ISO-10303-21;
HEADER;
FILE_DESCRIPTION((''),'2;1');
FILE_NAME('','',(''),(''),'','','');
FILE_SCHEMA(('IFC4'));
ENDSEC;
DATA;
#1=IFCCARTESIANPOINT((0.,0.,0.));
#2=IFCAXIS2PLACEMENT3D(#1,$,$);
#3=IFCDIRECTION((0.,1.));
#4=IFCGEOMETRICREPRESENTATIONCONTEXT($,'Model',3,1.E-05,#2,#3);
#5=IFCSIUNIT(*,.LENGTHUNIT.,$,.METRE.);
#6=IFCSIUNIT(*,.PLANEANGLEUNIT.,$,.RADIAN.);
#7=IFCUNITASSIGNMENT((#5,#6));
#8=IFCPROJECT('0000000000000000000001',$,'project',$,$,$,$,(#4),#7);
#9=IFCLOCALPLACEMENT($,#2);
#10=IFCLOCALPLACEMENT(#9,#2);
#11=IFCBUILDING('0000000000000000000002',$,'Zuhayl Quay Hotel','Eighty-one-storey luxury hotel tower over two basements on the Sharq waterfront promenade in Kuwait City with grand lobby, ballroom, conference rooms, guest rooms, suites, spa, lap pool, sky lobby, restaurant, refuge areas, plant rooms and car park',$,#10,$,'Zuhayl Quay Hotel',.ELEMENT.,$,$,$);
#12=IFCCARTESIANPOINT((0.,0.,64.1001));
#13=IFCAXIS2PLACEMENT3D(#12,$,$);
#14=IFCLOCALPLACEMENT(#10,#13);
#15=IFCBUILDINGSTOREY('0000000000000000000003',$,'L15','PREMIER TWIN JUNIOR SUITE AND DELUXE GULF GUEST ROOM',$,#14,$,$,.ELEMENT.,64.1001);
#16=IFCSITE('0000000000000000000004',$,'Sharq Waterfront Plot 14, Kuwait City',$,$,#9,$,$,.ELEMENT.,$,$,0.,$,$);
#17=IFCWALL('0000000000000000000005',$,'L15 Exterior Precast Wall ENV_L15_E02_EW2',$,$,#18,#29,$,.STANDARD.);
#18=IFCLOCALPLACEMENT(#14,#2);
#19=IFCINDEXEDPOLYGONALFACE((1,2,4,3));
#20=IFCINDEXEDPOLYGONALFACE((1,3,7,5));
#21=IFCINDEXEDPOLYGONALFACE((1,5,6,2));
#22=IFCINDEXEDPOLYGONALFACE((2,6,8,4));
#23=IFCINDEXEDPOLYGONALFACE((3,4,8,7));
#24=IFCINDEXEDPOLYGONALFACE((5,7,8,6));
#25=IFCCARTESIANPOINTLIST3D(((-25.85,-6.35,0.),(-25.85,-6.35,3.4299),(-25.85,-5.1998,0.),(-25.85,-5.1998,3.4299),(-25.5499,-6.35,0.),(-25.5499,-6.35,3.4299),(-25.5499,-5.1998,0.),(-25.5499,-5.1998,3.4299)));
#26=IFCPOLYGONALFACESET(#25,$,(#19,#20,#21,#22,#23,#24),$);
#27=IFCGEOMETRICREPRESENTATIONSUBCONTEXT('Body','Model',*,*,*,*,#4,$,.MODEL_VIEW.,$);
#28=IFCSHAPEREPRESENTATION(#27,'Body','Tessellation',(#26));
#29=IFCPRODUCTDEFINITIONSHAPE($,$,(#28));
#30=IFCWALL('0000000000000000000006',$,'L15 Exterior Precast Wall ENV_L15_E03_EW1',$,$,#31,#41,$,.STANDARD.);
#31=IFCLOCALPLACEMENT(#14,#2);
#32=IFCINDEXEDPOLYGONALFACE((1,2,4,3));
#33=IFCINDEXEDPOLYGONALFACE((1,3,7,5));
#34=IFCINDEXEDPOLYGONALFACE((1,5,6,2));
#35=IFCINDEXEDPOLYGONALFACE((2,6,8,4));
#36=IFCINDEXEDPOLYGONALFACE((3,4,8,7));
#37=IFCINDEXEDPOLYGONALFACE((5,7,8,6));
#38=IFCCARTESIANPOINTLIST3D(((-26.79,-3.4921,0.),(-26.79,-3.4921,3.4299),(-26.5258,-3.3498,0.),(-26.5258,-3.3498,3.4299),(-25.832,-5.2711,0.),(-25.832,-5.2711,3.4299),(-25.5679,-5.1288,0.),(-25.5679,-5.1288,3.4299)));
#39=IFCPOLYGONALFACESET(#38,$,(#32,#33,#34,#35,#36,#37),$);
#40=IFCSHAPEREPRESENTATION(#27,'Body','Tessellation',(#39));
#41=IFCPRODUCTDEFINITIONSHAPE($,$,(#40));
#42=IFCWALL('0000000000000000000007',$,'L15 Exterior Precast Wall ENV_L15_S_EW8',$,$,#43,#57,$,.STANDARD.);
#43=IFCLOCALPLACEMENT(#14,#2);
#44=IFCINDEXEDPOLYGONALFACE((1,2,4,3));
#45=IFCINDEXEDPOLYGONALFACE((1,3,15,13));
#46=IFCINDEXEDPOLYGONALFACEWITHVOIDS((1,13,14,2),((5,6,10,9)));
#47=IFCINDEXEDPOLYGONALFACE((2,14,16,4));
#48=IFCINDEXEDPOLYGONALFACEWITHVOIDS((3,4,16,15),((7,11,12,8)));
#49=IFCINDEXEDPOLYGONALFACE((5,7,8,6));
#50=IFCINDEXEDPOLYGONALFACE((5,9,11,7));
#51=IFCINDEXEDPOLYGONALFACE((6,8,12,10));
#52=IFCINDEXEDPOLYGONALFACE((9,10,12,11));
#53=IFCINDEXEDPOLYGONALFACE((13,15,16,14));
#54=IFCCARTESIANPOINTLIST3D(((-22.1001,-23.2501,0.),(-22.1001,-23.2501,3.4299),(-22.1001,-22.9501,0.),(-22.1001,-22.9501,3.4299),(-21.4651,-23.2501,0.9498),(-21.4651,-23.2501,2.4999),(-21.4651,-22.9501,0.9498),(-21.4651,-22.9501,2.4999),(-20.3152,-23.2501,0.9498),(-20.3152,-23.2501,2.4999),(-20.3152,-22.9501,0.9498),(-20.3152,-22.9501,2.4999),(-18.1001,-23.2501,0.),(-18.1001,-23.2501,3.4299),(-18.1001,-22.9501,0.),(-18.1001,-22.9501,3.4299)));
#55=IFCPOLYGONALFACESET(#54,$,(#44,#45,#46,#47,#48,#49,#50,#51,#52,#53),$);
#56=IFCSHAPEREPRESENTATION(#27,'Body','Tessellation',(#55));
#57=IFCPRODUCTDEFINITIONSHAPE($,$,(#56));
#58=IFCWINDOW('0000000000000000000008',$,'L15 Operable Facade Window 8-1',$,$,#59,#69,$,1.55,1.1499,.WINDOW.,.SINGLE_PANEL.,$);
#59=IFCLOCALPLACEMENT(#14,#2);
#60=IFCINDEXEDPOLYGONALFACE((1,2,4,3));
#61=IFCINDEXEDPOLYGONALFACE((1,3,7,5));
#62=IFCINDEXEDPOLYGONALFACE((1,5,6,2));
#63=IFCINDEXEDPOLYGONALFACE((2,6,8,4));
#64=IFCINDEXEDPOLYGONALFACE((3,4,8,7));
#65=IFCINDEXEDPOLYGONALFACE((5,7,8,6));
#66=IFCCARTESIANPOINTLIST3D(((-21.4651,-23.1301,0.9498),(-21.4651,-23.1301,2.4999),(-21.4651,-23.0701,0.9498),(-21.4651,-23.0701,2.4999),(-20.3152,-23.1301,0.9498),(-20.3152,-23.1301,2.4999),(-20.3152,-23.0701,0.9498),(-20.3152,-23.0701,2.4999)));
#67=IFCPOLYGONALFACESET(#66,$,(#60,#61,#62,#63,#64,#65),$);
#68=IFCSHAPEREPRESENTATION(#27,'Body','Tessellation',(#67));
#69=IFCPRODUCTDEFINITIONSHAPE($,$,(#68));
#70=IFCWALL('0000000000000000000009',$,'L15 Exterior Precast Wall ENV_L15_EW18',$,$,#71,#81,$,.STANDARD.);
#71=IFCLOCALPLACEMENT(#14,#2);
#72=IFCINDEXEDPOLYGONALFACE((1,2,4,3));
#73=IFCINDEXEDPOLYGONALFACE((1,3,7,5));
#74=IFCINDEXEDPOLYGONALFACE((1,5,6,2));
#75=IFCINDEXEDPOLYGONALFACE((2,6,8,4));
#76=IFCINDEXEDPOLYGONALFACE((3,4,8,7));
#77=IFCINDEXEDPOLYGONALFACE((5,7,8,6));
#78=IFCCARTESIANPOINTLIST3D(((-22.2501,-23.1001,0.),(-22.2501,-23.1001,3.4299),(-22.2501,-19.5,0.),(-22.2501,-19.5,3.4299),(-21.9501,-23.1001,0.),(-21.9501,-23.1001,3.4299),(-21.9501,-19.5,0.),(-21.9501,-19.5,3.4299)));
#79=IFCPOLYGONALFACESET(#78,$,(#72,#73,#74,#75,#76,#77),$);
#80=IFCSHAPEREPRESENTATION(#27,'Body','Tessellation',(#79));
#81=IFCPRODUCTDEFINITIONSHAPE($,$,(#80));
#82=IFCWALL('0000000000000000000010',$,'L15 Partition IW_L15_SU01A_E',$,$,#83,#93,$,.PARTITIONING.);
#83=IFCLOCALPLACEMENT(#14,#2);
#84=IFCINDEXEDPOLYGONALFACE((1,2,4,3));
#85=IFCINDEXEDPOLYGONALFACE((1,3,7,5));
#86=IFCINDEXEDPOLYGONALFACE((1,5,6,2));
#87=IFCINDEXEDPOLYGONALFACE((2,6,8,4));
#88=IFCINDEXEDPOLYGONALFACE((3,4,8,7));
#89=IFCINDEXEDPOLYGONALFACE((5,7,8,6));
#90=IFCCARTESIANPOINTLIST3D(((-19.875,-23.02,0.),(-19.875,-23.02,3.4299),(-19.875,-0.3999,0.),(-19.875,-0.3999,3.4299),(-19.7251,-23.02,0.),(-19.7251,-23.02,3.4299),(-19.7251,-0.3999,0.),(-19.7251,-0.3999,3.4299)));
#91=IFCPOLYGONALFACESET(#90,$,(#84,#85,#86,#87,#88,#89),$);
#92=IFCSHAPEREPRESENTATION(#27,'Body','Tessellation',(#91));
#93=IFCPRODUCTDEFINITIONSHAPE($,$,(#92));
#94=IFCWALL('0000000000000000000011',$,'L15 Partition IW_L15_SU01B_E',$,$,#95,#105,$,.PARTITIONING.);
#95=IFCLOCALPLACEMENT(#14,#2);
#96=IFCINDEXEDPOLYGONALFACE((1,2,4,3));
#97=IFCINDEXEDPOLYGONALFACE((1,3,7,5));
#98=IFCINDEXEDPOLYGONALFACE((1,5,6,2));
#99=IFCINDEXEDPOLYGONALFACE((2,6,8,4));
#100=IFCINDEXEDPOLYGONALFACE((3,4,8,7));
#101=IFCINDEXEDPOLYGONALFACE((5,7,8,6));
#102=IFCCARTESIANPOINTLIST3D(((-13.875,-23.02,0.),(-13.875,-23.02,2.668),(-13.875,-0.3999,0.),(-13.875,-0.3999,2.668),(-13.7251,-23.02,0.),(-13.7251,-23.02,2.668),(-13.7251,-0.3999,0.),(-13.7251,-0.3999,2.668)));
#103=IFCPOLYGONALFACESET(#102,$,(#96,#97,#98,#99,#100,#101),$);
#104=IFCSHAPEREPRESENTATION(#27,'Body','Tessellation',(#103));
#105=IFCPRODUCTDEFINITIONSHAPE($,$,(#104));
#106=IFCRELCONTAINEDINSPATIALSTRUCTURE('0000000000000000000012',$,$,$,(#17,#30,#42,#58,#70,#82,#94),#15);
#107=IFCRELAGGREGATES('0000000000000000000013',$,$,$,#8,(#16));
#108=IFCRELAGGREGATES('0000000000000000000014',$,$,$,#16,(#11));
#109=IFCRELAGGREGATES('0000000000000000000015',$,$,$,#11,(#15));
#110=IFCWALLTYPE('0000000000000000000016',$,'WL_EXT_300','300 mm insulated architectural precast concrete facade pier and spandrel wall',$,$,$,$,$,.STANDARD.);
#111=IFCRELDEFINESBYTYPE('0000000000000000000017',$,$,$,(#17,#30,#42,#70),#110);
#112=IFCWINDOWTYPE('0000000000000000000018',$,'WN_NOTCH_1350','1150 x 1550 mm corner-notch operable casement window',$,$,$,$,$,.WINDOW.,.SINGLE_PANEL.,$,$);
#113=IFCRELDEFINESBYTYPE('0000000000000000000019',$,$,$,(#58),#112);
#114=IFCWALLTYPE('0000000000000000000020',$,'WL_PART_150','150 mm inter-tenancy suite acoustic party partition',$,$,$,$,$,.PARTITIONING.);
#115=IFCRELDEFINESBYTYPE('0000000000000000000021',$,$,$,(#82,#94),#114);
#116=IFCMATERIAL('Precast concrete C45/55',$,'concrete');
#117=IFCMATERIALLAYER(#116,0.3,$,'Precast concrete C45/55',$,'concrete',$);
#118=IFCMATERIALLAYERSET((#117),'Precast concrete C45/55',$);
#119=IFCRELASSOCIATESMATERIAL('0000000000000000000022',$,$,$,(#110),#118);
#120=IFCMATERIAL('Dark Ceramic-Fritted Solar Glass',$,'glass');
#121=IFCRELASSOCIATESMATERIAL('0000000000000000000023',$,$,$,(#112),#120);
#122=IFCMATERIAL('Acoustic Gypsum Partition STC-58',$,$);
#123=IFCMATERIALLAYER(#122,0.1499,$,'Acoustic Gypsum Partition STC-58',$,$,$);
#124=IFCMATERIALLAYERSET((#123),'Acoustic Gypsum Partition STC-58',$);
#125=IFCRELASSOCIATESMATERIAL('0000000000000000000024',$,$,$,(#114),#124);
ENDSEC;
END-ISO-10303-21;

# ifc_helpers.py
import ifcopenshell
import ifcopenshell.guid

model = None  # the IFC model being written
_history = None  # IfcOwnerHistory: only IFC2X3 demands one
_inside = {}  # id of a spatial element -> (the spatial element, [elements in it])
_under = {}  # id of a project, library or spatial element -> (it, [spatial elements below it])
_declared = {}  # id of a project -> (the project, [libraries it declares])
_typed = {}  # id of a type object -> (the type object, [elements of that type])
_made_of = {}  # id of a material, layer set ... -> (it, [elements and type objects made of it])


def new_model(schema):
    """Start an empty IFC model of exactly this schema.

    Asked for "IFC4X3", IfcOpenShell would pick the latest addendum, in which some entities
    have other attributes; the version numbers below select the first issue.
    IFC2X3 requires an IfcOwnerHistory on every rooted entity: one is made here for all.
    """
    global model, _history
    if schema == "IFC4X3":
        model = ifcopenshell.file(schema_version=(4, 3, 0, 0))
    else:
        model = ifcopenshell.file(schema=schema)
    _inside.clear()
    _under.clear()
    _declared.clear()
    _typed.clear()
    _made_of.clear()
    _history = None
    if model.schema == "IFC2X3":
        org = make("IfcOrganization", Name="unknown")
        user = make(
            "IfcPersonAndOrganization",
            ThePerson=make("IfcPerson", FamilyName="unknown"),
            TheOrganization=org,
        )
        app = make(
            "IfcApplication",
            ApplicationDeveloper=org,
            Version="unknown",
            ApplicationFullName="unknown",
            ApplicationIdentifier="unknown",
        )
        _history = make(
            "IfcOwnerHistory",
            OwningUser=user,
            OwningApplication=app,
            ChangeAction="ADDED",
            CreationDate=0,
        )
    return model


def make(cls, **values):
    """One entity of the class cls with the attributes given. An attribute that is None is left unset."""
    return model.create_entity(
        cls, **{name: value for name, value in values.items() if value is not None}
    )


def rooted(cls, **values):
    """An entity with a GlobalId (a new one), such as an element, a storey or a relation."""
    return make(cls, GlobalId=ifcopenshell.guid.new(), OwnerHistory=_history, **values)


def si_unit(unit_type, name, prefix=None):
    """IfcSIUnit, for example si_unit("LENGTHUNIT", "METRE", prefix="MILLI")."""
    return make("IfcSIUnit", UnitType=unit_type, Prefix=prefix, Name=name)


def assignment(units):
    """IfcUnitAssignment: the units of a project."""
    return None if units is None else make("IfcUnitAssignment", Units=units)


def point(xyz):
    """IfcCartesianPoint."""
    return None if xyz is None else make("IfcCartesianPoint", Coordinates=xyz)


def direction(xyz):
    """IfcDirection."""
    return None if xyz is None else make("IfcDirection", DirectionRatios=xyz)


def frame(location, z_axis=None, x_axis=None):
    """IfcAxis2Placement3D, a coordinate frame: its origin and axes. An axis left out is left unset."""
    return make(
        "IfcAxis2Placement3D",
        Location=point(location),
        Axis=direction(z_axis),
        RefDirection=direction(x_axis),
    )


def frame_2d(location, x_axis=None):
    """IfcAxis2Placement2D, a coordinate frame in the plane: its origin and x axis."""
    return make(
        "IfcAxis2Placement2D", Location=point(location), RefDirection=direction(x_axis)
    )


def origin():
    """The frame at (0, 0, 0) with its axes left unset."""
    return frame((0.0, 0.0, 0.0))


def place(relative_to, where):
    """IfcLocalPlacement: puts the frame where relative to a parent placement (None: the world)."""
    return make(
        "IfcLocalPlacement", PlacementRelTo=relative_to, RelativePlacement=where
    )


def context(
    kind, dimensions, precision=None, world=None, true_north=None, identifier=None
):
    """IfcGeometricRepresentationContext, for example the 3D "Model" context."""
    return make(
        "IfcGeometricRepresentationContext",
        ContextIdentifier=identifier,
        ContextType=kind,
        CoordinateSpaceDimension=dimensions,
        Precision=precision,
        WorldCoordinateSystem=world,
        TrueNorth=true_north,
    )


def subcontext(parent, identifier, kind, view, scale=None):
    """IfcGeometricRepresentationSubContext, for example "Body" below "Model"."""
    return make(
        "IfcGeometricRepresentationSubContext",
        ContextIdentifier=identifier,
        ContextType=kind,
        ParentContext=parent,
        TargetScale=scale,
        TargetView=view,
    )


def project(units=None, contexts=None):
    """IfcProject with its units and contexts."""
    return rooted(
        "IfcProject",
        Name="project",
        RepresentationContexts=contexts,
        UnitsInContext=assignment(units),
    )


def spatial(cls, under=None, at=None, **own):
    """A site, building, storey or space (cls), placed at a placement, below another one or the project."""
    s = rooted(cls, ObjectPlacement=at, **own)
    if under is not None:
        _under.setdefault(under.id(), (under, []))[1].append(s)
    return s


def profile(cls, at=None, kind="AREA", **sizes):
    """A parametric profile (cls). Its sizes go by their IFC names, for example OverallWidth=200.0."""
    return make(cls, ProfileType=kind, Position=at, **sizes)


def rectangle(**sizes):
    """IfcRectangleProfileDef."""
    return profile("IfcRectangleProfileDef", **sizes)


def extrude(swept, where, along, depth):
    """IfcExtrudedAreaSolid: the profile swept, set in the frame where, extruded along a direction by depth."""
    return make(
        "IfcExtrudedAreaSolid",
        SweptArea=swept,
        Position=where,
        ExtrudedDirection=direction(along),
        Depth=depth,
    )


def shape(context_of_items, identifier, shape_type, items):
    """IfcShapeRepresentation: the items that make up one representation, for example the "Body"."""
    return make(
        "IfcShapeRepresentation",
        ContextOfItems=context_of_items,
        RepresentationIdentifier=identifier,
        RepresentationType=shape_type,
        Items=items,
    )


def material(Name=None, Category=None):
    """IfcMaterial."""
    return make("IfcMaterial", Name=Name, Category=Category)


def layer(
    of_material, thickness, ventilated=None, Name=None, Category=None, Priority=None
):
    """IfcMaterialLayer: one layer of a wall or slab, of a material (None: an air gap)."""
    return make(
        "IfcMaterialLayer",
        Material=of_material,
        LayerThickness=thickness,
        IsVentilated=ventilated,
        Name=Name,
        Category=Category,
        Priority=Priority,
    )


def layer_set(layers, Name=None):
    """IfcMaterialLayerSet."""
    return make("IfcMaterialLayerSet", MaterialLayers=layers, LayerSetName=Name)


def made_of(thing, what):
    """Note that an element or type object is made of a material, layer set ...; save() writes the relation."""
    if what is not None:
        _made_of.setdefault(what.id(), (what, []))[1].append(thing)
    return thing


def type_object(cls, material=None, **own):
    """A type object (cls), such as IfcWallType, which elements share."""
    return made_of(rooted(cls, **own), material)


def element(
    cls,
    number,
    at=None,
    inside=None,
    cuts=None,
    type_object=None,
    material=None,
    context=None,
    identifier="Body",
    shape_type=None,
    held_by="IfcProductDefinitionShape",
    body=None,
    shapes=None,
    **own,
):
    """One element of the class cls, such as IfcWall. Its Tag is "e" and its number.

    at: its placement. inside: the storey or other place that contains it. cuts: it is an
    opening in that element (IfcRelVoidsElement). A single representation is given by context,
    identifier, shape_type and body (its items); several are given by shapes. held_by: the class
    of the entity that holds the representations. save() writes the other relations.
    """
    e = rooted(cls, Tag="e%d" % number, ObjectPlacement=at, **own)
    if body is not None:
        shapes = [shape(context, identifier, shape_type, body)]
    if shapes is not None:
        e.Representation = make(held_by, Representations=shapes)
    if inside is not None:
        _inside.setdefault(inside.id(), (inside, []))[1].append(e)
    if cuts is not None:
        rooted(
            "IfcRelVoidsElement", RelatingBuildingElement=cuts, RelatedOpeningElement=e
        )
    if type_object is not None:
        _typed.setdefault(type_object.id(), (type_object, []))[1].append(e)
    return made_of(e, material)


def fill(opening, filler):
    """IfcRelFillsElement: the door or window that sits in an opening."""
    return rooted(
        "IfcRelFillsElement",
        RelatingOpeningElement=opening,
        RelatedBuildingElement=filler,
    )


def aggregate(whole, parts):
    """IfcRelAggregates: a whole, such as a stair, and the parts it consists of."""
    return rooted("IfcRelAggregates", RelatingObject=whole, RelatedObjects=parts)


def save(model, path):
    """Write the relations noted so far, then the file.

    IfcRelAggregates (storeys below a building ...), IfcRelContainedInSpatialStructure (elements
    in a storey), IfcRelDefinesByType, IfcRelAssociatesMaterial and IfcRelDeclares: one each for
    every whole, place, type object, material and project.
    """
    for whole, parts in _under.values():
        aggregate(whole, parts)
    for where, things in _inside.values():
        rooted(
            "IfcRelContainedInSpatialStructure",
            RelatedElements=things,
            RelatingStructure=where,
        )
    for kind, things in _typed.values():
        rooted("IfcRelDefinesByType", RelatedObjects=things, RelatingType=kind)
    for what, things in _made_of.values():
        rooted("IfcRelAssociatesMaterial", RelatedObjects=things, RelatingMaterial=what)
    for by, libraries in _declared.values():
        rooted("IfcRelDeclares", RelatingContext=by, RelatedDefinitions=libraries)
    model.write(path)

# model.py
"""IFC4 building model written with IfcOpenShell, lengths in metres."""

from ifc_helpers import new_model, si_unit, direction, frame, frame_2d, origin, place, context, subcontext, project, spatial, rectangle, extrude, material, layer, layer_set, type_object, element, fill, save


model = new_model("IFC4")

# Units and contexts
model_context = context("Model", 3, precision=1e-05, world=origin(), true_north=direction((0.0, 1.0)))
body_context = subcontext(model_context, "Body", "Model", "MODEL_VIEW")
ifc_project = project(units=[si_unit("LENGTHUNIT", "METRE"), si_unit("PLANEANGLEUNIT", "RADIAN")], contexts=[model_context])

# Site, building, storey
site_placement = place(None, origin())
site = spatial("IfcSite", under=ifc_project, at=site_placement, Name="Sharq Waterfront Plot 14, Kuwait City", CompositionType="ELEMENT", RefElevation=0.0)
building_placement = place(site_placement, origin())
building = spatial("IfcBuilding", under=site, at=building_placement, Name="Zuhayl Quay Hotel", Description="Eighty-one-storey luxury hotel tower over two basements on the Sharq waterfront promenade in Kuwait City with grand lobby, ballroom, conference rooms, guest rooms, suites, spa, lap pool, sky lobby, restaurant, refuge areas, plant rooms and car park", LongName="Zuhayl Quay Hotel", CompositionType="ELEMENT")
storey_placement = place(building_placement, frame((0.0, 0.0, 64.1001)))
storey = spatial("IfcBuildingStorey", under=building, at=storey_placement, Name="L15", Description="PREMIER TWIN JUNIOR SUITE AND DELUXE GULF GUEST ROOM", CompositionType="ELEMENT", Elevation=64.1001)

# Shared definitions
ifc_material_1 = material(Name="Dark Ceramic-Fritted Solar Glass", Category="glass")

# Walls
ifc_material_2 = material(Name="Precast concrete C45/55", Category="concrete")
ifc_layer_1 = layer(ifc_material_2, 0.3, Name="Precast concrete C45/55", Category="concrete")
ifc_layer_set_1 = layer_set([ifc_layer_1], Name="Precast concrete C45/55")
wall_type_1 = type_object("IfcWallType", Name="WL_EXT_300", Description="300 mm insulated architectural precast concrete facade pier and spandrel wall", PredefinedType="STANDARD", material=ifc_layer_set_1)
wall_1_placement = place(storey_placement, frame((-25.7, -6.3501, 0.0), z_axis=(0.0, 0.0, 1.0), x_axis=(0.0, 1.0, 0.0)))
element("IfcWall", 1, at=wall_1_placement, inside=storey, type_object=wall_type_1, Name="L15 Exterior Precast Wall ENV_L15_E02_EW2", PredefinedType="STANDARD", context=body_context, shape_type="SweptSolid", body=[
    extrude(rectangle(XDim=1.1501, YDim=0.3, at=frame_2d((0.5752, 0.0))), origin(), (0.0, 0.0, 1.0), 3.4299),
])
wall_2_placement = place(storey_placement, frame((-25.7, -5.2, 0.0), z_axis=(0.0, 0.0, 1.0), x_axis=(-0.474121, 0.880459, 0.0)))
element("IfcWall", 2, at=wall_2_placement, inside=storey, type_object=wall_type_1, Name="L15 Exterior Precast Wall ENV_L15_E03_EW1", PredefinedType="STANDARD", context=body_context, shape_type="SweptSolid", body=[
    extrude(rectangle(XDim=2.0205, YDim=0.3, at=frame_2d((1.0103, 0.0))), origin(), (0.0, 0.0, 1.0), 3.4299),
])

# Wall, opening, window
wall_3_placement = place(storey_placement, frame((-18.1001, -23.1001, 0.0), z_axis=(0.0, 0.0, 1.0), x_axis=(-1.0, 0.0, 0.0)))
wall_3 = element("IfcWall", 3, at=wall_3_placement, inside=storey, type_object=wall_type_1, Name="L15 Exterior Precast Wall ENV_L15_S_EW8", PredefinedType="STANDARD", context=body_context, shape_type="SweptSolid", body=[
    extrude(rectangle(XDim=4.0, YDim=0.3, at=frame_2d((2.0, 0.0))), origin(), (0.0, 0.0, 1.0), 3.4299),
])
opening_placement = place(wall_3_placement, frame((2.2151, 0.0, 0.95)))
opening = element("IfcOpeningElement", 4, at=opening_placement, cuts=wall_3, PredefinedType="OPENING", context=body_context, shape_type="SweptSolid", body=[
    extrude(rectangle(XDim=1.1499, YDim=1.55, at=frame_2d((0.575, 0.7749))), frame((0.0, 0.1599, 0.0), z_axis=(0.0, -1.0, 0.0), x_axis=(1.0, 0.0, 0.0)), (0.0, 0.0, 1.0), 0.3201),
])
window_type = type_object("IfcWindowType", Name="WN_NOTCH_1350", Description="1150 x 1550 mm corner-notch operable casement window", PartitioningType="SINGLE_PANEL", PredefinedType="WINDOW", material=ifc_material_1)
window_placement = place(opening_placement, origin())
window = element("IfcWindow", 5, at=window_placement, inside=storey, type_object=window_type, Name="L15 Operable Facade Window 8-1", OverallHeight=1.55, OverallWidth=1.1499, PartitioningType="SINGLE_PANEL", PredefinedType="WINDOW", context=body_context, shape_type="SweptSolid", body=[
    extrude(rectangle(XDim=1.1499, YDim=1.55, at=frame_2d((0.575, 0.7749))), frame((0.0, 0.03, 0.0), z_axis=(0.0, -1.0, 0.0), x_axis=(1.0, 0.0, 0.0)), (0.0, 0.0, 1.0), 0.0601),
])
fill(opening, window)

# Walls
wall_4_placement = place(storey_placement, frame((-22.1001, -23.1001, 0.0), z_axis=(0.0, 0.0, 1.0), x_axis=(0.0, 1.0, 0.0)))
element("IfcWall", 6, at=wall_4_placement, inside=storey, type_object=wall_type_1, Name="L15 Exterior Precast Wall ENV_L15_EW18", PredefinedType="STANDARD", context=body_context, shape_type="SweptSolid", body=[
    extrude(rectangle(XDim=3.6001, YDim=0.3, at=frame_2d((1.8, 0.0))), origin(), (0.0, 0.0, 1.0), 3.4299),
])
ifc_material_3 = material(Name="Acoustic Gypsum Partition STC-58")
ifc_layer_2 = layer(ifc_material_3, 0.1499, Name="Acoustic Gypsum Partition STC-58")
ifc_layer_set_2 = layer_set([ifc_layer_2], Name="Acoustic Gypsum Partition STC-58")
wall_type_2 = type_object("IfcWallType", Name="WL_PART_150", Description="150 mm inter-tenancy suite acoustic party partition", PredefinedType="PARTITIONING", material=ifc_layer_set_2)
wall_5_placement = place(storey_placement, frame((-19.8, -23.02, 0.0), z_axis=(0.0, 0.0, 1.0), x_axis=(0.0, 1.0, 0.0)))
element("IfcWall", 7, at=wall_5_placement, inside=storey, type_object=wall_type_2, Name="L15 Partition IW_L15_SU01A_E", PredefinedType="PARTITIONING", context=body_context, shape_type="SweptSolid", body=[
    extrude(rectangle(XDim=22.6201, YDim=0.1499, at=frame_2d((11.3101, 0.0))), origin(), (0.0, 0.0, 1.0), 3.4299),
])
wall_6_placement = place(storey_placement, frame((-13.8, -23.02, 0.0), z_axis=(0.0, 0.0, 1.0), x_axis=(0.0, 1.0, 0.0)))
element("IfcWall", 8, at=wall_6_placement, inside=storey, type_object=wall_type_2, Name="L15 Partition IW_L15_SU01B_E", PredefinedType="PARTITIONING", context=body_context, shape_type="SweptSolid", body=[
    extrude(rectangle(XDim=22.6201, YDim=0.1499, at=frame_2d((11.3101, 0.0))), origin(), (0.0, 0.0, 1.0), 2.668),
])

save(model, "model.ifc")
